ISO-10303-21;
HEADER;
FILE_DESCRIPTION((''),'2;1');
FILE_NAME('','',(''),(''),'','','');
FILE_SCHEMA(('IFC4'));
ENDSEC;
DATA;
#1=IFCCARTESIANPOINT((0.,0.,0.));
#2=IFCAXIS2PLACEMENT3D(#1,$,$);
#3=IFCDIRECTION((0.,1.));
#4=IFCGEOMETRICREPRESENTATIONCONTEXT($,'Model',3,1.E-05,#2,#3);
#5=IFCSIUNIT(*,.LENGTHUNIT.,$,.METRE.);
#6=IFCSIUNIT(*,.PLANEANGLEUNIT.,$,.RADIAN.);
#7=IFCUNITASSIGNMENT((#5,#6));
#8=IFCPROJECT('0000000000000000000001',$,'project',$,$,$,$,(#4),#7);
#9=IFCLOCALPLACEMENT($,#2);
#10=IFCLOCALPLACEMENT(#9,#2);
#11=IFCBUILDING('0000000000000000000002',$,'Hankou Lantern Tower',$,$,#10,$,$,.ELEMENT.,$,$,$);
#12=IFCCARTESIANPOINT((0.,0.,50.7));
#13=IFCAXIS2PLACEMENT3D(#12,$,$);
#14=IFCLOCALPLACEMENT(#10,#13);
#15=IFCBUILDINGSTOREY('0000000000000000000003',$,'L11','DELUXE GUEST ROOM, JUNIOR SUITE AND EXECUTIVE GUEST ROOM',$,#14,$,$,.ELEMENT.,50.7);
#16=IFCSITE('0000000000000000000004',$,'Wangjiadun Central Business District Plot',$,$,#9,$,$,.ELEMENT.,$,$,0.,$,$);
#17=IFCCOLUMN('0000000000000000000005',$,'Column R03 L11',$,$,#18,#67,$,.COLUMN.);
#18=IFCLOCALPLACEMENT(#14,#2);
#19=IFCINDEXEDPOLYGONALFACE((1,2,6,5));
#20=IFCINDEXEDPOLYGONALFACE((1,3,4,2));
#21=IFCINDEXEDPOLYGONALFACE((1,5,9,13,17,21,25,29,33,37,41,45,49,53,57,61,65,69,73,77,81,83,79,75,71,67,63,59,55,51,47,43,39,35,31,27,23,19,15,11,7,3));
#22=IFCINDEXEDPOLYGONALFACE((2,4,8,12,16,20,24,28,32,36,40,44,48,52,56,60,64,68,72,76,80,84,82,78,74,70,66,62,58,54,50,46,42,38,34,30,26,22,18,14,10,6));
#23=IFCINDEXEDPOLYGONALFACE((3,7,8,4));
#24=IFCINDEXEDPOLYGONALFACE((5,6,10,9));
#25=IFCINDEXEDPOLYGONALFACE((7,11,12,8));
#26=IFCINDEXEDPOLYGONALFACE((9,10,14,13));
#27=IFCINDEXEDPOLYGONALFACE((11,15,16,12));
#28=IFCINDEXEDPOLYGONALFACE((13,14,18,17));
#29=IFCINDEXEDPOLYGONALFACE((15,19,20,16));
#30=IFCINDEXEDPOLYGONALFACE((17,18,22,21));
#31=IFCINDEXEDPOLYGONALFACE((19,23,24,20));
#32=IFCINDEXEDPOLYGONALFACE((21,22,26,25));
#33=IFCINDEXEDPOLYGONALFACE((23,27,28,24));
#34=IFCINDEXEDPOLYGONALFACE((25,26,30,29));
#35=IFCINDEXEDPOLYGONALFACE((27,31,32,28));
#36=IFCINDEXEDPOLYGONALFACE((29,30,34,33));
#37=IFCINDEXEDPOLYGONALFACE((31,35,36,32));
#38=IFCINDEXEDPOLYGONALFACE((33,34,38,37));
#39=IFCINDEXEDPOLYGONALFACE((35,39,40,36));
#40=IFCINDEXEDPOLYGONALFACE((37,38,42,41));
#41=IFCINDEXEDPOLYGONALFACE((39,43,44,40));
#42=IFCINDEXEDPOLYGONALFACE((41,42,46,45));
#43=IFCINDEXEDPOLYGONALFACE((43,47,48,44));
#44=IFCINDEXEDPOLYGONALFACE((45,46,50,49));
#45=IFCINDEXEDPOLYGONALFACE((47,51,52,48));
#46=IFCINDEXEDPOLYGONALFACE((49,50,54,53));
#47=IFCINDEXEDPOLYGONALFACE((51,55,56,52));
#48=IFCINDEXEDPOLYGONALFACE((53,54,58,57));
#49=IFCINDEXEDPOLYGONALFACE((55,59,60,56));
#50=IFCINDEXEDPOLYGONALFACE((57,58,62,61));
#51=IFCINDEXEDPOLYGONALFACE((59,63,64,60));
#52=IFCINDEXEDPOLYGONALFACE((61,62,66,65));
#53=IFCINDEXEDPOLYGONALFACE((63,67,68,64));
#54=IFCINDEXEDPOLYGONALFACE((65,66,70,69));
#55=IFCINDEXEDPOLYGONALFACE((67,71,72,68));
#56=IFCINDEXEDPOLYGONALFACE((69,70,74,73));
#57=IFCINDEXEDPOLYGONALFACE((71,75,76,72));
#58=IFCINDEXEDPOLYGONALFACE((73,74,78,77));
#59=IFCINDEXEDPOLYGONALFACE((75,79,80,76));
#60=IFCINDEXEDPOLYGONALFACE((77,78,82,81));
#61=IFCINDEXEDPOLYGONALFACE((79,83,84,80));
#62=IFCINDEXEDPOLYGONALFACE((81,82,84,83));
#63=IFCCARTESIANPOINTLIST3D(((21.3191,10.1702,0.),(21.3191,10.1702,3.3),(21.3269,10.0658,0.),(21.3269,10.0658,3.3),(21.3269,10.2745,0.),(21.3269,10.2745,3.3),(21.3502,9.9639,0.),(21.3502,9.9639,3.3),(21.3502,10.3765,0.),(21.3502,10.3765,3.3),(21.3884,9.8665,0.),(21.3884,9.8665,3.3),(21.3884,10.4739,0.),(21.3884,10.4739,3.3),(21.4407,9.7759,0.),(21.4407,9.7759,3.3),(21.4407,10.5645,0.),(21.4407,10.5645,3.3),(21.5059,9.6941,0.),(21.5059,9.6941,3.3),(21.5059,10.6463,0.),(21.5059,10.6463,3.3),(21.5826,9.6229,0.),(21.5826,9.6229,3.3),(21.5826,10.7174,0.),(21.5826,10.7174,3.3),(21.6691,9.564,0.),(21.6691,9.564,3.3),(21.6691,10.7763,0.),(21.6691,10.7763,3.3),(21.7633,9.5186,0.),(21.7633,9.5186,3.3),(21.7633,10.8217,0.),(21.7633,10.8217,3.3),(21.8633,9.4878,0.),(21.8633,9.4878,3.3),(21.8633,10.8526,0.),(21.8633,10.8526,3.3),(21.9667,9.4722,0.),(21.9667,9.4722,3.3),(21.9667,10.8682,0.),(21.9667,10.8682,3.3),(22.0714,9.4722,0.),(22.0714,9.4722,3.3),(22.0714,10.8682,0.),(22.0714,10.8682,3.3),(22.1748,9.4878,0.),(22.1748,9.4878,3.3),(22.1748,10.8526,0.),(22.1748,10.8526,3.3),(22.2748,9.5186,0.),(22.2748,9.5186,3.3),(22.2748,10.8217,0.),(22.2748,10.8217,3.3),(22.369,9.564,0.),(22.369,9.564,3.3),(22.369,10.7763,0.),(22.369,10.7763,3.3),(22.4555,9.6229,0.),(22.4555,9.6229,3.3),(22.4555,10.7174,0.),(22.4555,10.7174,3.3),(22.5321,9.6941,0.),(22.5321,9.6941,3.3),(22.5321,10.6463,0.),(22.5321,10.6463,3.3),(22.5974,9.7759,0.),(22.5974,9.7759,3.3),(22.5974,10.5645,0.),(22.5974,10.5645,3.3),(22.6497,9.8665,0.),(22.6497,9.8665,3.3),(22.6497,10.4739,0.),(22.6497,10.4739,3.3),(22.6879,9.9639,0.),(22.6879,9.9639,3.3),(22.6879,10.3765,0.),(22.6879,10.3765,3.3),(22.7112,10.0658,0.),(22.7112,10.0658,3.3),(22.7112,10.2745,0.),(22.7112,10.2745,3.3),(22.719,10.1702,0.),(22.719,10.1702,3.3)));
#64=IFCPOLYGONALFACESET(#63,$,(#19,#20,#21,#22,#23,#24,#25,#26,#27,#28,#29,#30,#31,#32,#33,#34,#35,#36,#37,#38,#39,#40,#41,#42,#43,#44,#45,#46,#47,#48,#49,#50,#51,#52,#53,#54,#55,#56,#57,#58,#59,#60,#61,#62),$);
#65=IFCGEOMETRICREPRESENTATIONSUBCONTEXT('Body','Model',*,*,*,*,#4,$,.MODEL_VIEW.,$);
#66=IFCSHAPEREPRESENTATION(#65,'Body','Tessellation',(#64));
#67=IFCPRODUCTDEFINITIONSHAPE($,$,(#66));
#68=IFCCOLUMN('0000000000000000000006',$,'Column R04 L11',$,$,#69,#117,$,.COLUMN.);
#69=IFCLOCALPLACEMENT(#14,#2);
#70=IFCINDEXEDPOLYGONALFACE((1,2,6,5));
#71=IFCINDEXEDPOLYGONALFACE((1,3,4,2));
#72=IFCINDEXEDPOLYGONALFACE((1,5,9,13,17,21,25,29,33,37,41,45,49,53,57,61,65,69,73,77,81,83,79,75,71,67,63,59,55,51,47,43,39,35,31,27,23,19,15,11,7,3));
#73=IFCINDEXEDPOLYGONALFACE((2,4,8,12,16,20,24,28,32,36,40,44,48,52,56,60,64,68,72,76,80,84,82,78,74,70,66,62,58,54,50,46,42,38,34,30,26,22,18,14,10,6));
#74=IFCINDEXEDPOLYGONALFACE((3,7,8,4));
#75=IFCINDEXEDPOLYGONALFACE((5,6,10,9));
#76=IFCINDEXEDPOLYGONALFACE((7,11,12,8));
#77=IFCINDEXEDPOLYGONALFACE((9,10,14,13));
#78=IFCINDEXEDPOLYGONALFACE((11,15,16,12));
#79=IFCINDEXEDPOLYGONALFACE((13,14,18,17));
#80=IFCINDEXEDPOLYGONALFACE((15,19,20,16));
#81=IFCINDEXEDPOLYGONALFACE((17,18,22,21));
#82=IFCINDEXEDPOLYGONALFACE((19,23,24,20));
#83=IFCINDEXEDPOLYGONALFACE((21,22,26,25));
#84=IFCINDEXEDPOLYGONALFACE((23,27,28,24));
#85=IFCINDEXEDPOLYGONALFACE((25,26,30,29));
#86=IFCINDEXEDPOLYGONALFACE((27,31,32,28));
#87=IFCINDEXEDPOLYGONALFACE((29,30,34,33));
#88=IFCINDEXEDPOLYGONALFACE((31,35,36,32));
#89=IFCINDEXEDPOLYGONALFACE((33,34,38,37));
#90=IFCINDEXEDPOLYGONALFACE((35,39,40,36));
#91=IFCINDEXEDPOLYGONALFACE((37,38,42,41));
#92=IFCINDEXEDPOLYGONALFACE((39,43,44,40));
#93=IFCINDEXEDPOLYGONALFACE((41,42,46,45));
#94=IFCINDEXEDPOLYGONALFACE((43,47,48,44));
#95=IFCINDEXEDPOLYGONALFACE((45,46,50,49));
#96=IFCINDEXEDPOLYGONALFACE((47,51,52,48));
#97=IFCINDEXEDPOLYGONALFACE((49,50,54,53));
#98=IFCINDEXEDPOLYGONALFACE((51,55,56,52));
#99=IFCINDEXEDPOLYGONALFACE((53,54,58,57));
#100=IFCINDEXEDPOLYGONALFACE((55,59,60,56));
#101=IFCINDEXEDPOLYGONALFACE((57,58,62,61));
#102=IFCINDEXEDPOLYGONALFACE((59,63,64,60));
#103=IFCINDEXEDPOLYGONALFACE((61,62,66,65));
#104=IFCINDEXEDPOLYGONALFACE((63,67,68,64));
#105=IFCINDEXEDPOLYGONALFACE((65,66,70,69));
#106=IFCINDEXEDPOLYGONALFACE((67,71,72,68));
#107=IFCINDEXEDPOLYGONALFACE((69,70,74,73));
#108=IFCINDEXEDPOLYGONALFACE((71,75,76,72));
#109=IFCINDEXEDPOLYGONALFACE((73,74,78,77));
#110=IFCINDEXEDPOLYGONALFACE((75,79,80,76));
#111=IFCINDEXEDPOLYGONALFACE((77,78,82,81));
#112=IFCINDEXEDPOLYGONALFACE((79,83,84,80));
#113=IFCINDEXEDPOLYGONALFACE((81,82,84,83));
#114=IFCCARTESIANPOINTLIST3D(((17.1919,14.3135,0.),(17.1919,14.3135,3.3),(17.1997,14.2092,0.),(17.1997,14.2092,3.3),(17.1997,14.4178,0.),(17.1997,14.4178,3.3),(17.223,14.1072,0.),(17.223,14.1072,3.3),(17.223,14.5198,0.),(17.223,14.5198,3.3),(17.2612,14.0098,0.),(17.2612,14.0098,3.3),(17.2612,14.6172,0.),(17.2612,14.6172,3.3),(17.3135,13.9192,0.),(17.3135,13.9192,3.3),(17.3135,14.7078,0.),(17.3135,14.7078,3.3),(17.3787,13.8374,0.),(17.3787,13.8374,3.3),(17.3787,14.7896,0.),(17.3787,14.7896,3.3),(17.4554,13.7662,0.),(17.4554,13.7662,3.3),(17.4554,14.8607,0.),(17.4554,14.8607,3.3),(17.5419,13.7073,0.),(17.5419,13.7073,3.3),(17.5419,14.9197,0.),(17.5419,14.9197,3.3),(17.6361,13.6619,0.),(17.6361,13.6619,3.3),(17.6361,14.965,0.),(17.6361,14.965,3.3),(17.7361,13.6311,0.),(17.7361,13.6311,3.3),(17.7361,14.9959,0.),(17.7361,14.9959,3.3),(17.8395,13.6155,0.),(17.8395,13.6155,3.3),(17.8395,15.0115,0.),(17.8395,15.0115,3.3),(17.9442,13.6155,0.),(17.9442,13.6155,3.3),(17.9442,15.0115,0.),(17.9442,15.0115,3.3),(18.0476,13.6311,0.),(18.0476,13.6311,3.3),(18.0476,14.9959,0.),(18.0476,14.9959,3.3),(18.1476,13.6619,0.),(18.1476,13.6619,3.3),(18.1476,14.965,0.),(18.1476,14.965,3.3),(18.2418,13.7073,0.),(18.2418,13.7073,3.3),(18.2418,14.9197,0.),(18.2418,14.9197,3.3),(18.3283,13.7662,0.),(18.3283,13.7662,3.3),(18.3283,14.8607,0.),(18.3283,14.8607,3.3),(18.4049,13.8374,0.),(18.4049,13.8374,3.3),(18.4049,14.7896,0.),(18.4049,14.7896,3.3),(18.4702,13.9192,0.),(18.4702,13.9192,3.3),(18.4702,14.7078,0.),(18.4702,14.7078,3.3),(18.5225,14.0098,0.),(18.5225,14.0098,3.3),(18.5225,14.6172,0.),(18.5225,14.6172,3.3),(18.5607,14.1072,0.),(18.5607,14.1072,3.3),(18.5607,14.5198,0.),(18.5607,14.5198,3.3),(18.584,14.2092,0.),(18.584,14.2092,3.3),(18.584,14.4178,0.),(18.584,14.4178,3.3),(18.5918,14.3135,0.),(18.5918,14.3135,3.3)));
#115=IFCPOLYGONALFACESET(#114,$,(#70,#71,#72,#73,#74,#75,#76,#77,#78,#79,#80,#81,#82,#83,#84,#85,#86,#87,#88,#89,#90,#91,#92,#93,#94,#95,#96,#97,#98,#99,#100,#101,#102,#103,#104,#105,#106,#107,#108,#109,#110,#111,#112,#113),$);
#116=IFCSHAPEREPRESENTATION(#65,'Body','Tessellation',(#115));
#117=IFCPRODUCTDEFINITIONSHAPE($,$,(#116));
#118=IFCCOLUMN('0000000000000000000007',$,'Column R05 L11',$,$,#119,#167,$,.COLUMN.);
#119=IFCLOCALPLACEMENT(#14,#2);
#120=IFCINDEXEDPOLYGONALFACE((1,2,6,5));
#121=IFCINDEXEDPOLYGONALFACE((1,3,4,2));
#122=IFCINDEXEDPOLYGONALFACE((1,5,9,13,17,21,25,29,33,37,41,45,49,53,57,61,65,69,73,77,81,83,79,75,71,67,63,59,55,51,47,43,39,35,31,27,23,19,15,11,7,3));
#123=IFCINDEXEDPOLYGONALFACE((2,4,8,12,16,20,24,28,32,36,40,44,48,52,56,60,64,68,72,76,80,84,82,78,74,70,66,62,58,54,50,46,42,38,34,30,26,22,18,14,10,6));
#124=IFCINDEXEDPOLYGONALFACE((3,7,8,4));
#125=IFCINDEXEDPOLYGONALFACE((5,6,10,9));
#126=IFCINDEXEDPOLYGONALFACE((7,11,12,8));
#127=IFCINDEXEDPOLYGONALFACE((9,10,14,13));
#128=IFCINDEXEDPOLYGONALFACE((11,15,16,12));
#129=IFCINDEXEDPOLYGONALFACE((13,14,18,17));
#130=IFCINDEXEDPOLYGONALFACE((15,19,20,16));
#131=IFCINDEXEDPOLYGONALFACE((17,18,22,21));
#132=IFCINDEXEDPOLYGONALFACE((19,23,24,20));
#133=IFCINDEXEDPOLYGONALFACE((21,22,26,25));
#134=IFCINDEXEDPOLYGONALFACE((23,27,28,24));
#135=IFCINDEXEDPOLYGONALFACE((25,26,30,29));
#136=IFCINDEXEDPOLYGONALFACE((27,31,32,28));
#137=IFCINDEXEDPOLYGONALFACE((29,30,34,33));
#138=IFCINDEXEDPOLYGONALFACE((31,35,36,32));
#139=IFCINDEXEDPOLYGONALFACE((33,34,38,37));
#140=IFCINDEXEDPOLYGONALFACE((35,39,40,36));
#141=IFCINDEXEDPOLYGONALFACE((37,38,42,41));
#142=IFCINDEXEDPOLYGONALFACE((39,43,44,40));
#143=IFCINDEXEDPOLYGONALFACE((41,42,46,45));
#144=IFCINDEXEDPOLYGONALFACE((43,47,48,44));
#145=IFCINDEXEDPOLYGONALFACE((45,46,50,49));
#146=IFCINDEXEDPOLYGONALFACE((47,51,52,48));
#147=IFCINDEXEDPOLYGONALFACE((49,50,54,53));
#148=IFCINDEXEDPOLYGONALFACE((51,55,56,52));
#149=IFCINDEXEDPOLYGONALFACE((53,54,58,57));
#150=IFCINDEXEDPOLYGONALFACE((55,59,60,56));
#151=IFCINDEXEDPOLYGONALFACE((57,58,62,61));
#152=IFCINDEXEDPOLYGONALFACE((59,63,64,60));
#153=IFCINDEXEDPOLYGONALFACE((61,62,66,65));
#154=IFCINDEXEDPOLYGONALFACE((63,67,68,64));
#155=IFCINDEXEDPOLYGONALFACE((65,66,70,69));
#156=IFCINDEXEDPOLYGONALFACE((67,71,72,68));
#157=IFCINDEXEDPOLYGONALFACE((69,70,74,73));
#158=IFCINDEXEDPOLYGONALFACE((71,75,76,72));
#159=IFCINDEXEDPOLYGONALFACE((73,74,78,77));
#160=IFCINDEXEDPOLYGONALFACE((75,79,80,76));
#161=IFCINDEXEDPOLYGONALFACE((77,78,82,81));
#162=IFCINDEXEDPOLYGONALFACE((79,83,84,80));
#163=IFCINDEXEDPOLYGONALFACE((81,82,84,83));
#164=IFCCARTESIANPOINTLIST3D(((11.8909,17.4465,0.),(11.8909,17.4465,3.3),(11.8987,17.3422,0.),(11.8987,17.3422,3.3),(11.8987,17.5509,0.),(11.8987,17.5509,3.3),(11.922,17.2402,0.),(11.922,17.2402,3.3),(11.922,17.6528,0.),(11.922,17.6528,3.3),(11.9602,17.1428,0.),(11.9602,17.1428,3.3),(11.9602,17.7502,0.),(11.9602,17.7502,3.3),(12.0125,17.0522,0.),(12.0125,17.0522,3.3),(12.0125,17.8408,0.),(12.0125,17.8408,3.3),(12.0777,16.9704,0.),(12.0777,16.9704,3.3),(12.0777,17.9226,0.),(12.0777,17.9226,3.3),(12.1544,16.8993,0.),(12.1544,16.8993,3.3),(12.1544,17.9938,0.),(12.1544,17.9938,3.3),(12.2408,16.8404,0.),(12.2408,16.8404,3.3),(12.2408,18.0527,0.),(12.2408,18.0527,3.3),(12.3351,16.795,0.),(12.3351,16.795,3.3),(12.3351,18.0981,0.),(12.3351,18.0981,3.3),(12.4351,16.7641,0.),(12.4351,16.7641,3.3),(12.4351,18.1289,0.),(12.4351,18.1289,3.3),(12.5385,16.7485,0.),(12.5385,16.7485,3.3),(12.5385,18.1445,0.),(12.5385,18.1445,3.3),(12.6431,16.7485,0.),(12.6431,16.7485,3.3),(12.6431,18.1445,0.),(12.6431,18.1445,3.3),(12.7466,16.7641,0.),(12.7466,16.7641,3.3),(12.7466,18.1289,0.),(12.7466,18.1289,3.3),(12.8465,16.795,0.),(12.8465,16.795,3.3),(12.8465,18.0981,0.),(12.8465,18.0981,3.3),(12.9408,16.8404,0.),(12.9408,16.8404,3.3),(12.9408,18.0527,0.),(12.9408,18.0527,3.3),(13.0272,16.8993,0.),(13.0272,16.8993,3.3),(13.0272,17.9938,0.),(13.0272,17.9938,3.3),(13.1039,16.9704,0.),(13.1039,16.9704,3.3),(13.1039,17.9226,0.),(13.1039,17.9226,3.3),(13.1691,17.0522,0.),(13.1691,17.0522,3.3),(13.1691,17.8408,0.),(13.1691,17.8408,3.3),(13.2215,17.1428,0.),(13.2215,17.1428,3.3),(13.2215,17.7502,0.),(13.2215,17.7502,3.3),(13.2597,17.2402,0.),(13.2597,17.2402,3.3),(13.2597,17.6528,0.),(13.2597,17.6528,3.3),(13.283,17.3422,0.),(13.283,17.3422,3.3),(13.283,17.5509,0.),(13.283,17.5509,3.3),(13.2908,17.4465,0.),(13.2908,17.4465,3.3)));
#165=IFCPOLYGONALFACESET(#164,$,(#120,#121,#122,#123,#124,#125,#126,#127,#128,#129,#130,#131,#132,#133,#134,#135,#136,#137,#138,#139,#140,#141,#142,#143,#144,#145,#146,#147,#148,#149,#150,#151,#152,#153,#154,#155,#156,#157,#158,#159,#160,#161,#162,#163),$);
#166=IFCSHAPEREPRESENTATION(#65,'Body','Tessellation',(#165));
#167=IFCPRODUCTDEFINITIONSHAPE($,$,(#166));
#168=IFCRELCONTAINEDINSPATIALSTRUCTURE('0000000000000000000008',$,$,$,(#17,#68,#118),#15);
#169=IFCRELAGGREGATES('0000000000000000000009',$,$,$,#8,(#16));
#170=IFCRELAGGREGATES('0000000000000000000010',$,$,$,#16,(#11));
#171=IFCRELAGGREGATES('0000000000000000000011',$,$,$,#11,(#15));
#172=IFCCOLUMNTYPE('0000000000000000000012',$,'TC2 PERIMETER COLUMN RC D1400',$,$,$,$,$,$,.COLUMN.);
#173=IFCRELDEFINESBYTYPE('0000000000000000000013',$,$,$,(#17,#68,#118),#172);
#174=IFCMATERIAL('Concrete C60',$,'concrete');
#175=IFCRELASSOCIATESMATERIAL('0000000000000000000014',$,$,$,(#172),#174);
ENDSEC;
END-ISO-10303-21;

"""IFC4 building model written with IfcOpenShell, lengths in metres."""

from ifc_helpers import new_model, si_unit, direction, frame, origin, origin_2d, place, context, subcontext, project, spatial, circle, extrude, material, material_profile, profile_set, type_object, element, save


model = new_model("IFC4")

# Units and contexts
model_context = context("Model", 3, precision=1e-05, world=origin(), true_north=direction((0.0, 1.0)))
body_context = subcontext(model_context, "Body", "Model", "MODEL_VIEW")
ifc_project = project(units=[si_unit("LENGTHUNIT", "METRE"), si_unit("PLANEANGLEUNIT", "RADIAN")], contexts=[model_context])

# Site, building, storey
site_placement = place(None, origin())
site = spatial("IfcSite", under=ifc_project, at=site_placement, Name="Wangjiadun Central Business District Plot", CompositionType="ELEMENT", RefElevation=0.0)
building_placement = place(site_placement, origin())
building = spatial("IfcBuilding", under=site, at=building_placement, Name="Hankou Lantern Tower", CompositionType="ELEMENT")
storey_placement = place(building_placement, frame((0.0, 0.0, 50.7)))
storey = spatial("IfcBuildingStorey", under=building, at=storey_placement, Name="L11", Description="DELUXE GUEST ROOM, JUNIOR SUITE AND EXECUTIVE GUEST ROOM", CompositionType="ELEMENT", Elevation=50.7)

# Columns
ifc_material_1 = material(Name="Concrete C60", Category="concrete")
ifc_material_profile_1 = material_profile(ifc_material_1, circle(Radius=0.7, at=origin_2d()), Name="RC D1400")
ifc_profile_set_1 = profile_set([ifc_material_profile_1], Name="Concrete C60")
column_type = type_object("IfcColumnType", Name="TC2 PERIMETER COLUMN RC D1400", PredefinedType="COLUMN", material=ifc_profile_set_1)
for number, where, z_axis, x_axis, name in (
    (1, (22.019, 10.1702, 0.0), (0.0, 0.0, 1.0), (1.0, 0.0, 0.0), "Column R03 L11"),
    (2, (17.8918, 14.3135, 0.0), (0.0, 0.0, 1.0), (1.0, 0.0, 0.0), "Column R04 L11"),
    (3, (12.5908, 17.4465, 0.0), (0.0, 0.0, 1.0), (1.0, 0.0, 0.0), "Column R05 L11"),
):
    element("IfcColumn", number, at=place(storey_placement, frame(where, z_axis=z_axis, x_axis=x_axis)), inside=storey, type_object=column_type, Name=name, PredefinedType="COLUMN", context=body_context, shape_type="SweptSolid", body=[
        extrude(circle(Radius=0.7, at=origin_2d()), origin(), (0.0, 0.0, 1.0), 3.3),
    ])

save(model, "model.ifc")
